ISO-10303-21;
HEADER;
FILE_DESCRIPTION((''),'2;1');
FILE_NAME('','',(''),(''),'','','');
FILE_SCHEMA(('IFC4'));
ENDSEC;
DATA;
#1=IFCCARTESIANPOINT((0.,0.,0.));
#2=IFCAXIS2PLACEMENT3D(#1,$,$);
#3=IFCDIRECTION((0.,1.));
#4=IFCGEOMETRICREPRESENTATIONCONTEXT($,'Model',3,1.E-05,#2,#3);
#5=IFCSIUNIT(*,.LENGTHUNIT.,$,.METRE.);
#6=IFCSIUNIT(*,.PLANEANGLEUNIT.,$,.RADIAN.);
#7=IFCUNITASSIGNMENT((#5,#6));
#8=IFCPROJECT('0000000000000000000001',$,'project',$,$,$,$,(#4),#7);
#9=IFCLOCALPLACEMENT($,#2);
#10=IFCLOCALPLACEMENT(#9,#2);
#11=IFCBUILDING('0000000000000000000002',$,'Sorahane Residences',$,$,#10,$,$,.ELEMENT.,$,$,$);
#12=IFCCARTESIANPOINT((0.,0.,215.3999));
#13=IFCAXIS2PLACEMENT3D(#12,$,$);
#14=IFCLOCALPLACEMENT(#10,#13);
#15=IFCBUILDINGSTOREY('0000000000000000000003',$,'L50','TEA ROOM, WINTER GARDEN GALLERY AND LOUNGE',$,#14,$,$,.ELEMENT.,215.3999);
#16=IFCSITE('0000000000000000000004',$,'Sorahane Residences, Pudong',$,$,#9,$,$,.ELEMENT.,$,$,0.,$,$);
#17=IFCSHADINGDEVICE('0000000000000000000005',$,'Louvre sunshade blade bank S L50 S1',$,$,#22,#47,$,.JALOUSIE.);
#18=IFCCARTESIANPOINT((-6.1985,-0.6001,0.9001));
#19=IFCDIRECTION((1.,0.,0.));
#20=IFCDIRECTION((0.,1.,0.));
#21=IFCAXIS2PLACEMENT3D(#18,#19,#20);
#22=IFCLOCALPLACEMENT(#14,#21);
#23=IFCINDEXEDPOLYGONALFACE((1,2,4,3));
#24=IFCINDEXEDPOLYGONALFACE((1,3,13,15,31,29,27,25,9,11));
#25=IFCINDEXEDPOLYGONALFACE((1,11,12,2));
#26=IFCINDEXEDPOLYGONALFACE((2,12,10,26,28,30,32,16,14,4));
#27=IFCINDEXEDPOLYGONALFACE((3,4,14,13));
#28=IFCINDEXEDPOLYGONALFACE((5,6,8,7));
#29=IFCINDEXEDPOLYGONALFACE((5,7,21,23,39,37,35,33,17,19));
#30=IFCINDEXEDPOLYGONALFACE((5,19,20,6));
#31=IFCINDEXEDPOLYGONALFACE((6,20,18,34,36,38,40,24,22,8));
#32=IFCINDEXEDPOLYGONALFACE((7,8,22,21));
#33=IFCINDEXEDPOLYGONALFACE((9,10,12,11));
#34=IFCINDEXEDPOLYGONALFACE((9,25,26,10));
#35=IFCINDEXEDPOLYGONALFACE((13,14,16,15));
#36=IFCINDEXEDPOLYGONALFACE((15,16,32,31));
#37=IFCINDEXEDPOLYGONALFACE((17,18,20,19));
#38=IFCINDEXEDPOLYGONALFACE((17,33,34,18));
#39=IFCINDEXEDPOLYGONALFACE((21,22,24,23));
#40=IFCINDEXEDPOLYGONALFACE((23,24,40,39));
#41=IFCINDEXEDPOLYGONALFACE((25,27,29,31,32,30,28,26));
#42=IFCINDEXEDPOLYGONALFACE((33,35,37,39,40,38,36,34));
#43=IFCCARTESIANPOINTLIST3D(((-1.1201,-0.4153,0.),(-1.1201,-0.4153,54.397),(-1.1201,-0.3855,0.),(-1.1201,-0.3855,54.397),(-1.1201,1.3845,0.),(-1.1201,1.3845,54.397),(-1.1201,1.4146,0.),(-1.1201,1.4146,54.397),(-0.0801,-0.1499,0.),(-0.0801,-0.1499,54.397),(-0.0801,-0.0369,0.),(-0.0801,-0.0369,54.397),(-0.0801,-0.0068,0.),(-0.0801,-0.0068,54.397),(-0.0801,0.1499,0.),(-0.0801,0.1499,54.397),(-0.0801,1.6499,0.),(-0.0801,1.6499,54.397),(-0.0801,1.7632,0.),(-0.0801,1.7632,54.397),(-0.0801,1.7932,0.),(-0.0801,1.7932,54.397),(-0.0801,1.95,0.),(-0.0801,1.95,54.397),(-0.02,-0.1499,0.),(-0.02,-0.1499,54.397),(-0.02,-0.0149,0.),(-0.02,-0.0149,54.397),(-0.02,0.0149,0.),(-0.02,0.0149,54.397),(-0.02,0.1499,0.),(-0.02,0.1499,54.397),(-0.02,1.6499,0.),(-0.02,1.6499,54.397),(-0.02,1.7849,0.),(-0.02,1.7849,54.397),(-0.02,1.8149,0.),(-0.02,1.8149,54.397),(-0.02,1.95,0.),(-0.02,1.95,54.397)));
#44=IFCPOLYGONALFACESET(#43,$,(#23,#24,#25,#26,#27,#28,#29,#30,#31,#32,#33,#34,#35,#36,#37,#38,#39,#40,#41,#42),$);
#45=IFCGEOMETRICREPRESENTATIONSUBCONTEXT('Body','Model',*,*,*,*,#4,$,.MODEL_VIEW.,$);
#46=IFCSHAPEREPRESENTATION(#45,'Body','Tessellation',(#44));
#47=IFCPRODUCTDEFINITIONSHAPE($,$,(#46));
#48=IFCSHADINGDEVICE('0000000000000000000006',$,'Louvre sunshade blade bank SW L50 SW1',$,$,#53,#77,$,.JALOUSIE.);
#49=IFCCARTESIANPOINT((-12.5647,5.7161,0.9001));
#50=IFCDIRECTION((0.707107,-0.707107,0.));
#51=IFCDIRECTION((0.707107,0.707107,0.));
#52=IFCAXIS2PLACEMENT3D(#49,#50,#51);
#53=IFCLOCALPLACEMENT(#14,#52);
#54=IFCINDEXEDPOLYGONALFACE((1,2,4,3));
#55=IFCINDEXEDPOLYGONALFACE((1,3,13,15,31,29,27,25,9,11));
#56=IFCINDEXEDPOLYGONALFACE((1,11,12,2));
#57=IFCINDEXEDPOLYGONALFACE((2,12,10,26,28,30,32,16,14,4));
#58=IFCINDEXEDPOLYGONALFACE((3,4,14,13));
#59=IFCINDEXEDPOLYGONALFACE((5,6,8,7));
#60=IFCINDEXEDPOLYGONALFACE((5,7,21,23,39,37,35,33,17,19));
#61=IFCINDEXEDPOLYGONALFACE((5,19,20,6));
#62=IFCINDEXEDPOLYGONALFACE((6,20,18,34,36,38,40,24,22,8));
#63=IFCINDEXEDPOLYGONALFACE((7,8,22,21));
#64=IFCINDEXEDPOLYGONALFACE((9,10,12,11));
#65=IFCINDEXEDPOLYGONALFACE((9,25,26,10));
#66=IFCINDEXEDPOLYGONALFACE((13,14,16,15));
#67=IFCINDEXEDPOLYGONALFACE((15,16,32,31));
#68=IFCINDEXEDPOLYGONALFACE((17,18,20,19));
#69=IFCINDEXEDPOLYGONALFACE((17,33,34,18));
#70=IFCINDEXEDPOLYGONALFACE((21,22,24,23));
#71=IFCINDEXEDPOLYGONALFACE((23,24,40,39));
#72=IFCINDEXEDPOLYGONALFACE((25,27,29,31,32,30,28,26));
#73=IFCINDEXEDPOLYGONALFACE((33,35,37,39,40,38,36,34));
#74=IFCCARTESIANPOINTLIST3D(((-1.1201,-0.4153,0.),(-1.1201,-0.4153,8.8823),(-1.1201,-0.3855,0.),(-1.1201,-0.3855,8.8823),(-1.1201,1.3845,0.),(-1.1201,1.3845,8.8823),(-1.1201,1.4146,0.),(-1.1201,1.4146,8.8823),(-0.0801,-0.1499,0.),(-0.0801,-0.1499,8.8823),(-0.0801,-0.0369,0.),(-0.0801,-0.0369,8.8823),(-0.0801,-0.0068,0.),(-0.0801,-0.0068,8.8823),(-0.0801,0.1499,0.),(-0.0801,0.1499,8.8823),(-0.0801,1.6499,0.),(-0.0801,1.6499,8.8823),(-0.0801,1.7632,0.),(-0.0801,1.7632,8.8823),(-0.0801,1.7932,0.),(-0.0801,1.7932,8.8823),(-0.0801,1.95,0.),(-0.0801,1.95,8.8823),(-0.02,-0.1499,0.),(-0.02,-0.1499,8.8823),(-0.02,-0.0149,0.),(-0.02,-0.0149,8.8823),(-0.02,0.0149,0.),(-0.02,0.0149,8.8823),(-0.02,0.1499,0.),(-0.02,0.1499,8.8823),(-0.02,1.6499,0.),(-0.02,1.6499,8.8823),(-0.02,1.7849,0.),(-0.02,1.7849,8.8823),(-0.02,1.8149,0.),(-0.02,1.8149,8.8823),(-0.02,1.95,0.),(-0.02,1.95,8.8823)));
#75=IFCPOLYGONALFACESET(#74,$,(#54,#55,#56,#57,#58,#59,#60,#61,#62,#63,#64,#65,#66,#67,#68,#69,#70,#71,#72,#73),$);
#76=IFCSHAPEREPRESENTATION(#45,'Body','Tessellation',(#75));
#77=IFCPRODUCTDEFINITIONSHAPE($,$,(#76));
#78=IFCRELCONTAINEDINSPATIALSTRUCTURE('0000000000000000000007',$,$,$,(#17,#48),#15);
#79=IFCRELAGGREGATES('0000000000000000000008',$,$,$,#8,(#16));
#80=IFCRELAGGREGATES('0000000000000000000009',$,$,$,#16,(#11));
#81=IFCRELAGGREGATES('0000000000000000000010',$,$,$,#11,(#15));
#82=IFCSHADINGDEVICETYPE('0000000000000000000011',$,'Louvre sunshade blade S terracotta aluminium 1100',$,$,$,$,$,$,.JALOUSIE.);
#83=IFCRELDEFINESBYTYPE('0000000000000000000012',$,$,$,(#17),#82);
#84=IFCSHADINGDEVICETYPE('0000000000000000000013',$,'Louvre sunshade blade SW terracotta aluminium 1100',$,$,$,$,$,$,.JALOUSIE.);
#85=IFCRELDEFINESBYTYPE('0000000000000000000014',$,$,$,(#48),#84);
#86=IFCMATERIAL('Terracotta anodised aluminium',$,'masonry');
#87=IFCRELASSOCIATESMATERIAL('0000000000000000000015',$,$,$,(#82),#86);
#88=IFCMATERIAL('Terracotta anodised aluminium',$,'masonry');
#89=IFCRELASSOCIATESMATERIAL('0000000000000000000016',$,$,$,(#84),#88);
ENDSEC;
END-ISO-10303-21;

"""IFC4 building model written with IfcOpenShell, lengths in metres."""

from ifc_helpers import new_model, si_unit, direction, frame, origin, place, context, subcontext, project, spatial, polyline, outline, composite_profile, extrude, material, type_object, element, save


model = new_model("IFC4")

# Units and contexts
model_context = context("Model", 3, precision=1e-05, world=origin(), true_north=direction((0.0, 1.0)))
body_context = subcontext(model_context, "Body", "Model", "MODEL_VIEW")
ifc_project = project(units=[si_unit("LENGTHUNIT", "METRE"), si_unit("PLANEANGLEUNIT", "RADIAN")], contexts=[model_context])

# Site, building, storey
site_placement = place(None, origin())
site = spatial("IfcSite", under=ifc_project, at=site_placement, Name="Sorahane Residences, Pudong", CompositionType="ELEMENT", RefElevation=0.0)
building_placement = place(site_placement, origin())
building = spatial("IfcBuilding", under=site, at=building_placement, Name="Sorahane Residences", CompositionType="ELEMENT")
storey_placement = place(building_placement, frame((0.0, 0.0, 215.3999)))
storey = spatial("IfcBuildingStorey", under=building, at=storey_placement, Name="L50", Description="TEA ROOM, WINTER GARDEN GALLERY AND LOUNGE", CompositionType="ELEMENT", Elevation=215.3999)

# Shading devices
ifc_material_1 = material(Name="Terracotta anodised aluminium", Category="masonry")
shading_device_type_1 = type_object("IfcShadingDeviceType", Name="Louvre sunshade blade S terracotta aluminium 1100", PredefinedType="JALOUSIE", material=ifc_material_1)
shading_device_1_placement = place(storey_placement, frame((-6.1985, -0.6001, 0.9001), z_axis=(1.0, 0.0, 0.0), x_axis=(0.0, 1.0, 0.0)))
element("IfcShadingDevice", 1, at=shading_device_1_placement, inside=storey, type_object=shading_device_type_1, Name="Louvre sunshade blade bank S L50 S1", PredefinedType="JALOUSIE", context=body_context, shape_type="SweptSolid", body=[
    extrude(composite_profile([outline(polyline([(-1.1201, -0.3855), (-1.1201, -0.4153), (-0.0801, -0.0369), (-0.0801, -0.1499), (-0.02, -0.1499), (-0.02, -0.0149), (-0.02, 0.0149), (-0.02, 0.1499), (-0.0801, 0.1499), (-0.0801, -0.0068), (-1.1201, -0.3855)])), outline(polyline([(-1.1201, 1.4146), (-1.1201, 1.3845), (-0.0801, 1.7632), (-0.0801, 1.6499), (-0.02, 1.6499), (-0.02, 1.7849), (-0.02, 1.8149), (-0.02, 1.95), (-0.0801, 1.95), (-0.0801, 1.7932), (-1.1201, 1.4146)]))]), origin(), (0.0, 0.0, 1.0), 54.397),
])
ifc_material_2 = material(Name="Terracotta anodised aluminium", Category="masonry")
shading_device_type_2 = type_object("IfcShadingDeviceType", Name="Louvre sunshade blade SW terracotta aluminium 1100", PredefinedType="JALOUSIE", material=ifc_material_2)
shading_device_2_placement = place(storey_placement, frame((-12.5647, 5.7161, 0.9001), z_axis=(0.707107, -0.707107, 0.0), x_axis=(0.707107, 0.707107, 0.0)))
element("IfcShadingDevice", 2, at=shading_device_2_placement, inside=storey, type_object=shading_device_type_2, Name="Louvre sunshade blade bank SW L50 SW1", PredefinedType="JALOUSIE", context=body_context, shape_type="SweptSolid", body=[
    extrude(composite_profile([outline(polyline([(-1.1201, -0.3855), (-1.1201, -0.4153), (-0.0801, -0.0369), (-0.0801, -0.1499), (-0.02, -0.1499), (-0.02, -0.0149), (-0.02, 0.0149), (-0.02, 0.1499), (-0.0801, 0.1499), (-0.0801, -0.0068), (-1.1201, -0.3855)])), outline(polyline([(-1.1201, 1.4146), (-1.1201, 1.3845), (-0.0801, 1.7632), (-0.0801, 1.6499), (-0.02, 1.6499), (-0.02, 1.7849), (-0.02, 1.8149), (-0.02, 1.95), (-0.0801, 1.95), (-0.0801, 1.7932), (-1.1201, 1.4146)]))]), origin(), (0.0, 0.0, 1.0), 8.8823),
])

save(model, "model.ifc")
